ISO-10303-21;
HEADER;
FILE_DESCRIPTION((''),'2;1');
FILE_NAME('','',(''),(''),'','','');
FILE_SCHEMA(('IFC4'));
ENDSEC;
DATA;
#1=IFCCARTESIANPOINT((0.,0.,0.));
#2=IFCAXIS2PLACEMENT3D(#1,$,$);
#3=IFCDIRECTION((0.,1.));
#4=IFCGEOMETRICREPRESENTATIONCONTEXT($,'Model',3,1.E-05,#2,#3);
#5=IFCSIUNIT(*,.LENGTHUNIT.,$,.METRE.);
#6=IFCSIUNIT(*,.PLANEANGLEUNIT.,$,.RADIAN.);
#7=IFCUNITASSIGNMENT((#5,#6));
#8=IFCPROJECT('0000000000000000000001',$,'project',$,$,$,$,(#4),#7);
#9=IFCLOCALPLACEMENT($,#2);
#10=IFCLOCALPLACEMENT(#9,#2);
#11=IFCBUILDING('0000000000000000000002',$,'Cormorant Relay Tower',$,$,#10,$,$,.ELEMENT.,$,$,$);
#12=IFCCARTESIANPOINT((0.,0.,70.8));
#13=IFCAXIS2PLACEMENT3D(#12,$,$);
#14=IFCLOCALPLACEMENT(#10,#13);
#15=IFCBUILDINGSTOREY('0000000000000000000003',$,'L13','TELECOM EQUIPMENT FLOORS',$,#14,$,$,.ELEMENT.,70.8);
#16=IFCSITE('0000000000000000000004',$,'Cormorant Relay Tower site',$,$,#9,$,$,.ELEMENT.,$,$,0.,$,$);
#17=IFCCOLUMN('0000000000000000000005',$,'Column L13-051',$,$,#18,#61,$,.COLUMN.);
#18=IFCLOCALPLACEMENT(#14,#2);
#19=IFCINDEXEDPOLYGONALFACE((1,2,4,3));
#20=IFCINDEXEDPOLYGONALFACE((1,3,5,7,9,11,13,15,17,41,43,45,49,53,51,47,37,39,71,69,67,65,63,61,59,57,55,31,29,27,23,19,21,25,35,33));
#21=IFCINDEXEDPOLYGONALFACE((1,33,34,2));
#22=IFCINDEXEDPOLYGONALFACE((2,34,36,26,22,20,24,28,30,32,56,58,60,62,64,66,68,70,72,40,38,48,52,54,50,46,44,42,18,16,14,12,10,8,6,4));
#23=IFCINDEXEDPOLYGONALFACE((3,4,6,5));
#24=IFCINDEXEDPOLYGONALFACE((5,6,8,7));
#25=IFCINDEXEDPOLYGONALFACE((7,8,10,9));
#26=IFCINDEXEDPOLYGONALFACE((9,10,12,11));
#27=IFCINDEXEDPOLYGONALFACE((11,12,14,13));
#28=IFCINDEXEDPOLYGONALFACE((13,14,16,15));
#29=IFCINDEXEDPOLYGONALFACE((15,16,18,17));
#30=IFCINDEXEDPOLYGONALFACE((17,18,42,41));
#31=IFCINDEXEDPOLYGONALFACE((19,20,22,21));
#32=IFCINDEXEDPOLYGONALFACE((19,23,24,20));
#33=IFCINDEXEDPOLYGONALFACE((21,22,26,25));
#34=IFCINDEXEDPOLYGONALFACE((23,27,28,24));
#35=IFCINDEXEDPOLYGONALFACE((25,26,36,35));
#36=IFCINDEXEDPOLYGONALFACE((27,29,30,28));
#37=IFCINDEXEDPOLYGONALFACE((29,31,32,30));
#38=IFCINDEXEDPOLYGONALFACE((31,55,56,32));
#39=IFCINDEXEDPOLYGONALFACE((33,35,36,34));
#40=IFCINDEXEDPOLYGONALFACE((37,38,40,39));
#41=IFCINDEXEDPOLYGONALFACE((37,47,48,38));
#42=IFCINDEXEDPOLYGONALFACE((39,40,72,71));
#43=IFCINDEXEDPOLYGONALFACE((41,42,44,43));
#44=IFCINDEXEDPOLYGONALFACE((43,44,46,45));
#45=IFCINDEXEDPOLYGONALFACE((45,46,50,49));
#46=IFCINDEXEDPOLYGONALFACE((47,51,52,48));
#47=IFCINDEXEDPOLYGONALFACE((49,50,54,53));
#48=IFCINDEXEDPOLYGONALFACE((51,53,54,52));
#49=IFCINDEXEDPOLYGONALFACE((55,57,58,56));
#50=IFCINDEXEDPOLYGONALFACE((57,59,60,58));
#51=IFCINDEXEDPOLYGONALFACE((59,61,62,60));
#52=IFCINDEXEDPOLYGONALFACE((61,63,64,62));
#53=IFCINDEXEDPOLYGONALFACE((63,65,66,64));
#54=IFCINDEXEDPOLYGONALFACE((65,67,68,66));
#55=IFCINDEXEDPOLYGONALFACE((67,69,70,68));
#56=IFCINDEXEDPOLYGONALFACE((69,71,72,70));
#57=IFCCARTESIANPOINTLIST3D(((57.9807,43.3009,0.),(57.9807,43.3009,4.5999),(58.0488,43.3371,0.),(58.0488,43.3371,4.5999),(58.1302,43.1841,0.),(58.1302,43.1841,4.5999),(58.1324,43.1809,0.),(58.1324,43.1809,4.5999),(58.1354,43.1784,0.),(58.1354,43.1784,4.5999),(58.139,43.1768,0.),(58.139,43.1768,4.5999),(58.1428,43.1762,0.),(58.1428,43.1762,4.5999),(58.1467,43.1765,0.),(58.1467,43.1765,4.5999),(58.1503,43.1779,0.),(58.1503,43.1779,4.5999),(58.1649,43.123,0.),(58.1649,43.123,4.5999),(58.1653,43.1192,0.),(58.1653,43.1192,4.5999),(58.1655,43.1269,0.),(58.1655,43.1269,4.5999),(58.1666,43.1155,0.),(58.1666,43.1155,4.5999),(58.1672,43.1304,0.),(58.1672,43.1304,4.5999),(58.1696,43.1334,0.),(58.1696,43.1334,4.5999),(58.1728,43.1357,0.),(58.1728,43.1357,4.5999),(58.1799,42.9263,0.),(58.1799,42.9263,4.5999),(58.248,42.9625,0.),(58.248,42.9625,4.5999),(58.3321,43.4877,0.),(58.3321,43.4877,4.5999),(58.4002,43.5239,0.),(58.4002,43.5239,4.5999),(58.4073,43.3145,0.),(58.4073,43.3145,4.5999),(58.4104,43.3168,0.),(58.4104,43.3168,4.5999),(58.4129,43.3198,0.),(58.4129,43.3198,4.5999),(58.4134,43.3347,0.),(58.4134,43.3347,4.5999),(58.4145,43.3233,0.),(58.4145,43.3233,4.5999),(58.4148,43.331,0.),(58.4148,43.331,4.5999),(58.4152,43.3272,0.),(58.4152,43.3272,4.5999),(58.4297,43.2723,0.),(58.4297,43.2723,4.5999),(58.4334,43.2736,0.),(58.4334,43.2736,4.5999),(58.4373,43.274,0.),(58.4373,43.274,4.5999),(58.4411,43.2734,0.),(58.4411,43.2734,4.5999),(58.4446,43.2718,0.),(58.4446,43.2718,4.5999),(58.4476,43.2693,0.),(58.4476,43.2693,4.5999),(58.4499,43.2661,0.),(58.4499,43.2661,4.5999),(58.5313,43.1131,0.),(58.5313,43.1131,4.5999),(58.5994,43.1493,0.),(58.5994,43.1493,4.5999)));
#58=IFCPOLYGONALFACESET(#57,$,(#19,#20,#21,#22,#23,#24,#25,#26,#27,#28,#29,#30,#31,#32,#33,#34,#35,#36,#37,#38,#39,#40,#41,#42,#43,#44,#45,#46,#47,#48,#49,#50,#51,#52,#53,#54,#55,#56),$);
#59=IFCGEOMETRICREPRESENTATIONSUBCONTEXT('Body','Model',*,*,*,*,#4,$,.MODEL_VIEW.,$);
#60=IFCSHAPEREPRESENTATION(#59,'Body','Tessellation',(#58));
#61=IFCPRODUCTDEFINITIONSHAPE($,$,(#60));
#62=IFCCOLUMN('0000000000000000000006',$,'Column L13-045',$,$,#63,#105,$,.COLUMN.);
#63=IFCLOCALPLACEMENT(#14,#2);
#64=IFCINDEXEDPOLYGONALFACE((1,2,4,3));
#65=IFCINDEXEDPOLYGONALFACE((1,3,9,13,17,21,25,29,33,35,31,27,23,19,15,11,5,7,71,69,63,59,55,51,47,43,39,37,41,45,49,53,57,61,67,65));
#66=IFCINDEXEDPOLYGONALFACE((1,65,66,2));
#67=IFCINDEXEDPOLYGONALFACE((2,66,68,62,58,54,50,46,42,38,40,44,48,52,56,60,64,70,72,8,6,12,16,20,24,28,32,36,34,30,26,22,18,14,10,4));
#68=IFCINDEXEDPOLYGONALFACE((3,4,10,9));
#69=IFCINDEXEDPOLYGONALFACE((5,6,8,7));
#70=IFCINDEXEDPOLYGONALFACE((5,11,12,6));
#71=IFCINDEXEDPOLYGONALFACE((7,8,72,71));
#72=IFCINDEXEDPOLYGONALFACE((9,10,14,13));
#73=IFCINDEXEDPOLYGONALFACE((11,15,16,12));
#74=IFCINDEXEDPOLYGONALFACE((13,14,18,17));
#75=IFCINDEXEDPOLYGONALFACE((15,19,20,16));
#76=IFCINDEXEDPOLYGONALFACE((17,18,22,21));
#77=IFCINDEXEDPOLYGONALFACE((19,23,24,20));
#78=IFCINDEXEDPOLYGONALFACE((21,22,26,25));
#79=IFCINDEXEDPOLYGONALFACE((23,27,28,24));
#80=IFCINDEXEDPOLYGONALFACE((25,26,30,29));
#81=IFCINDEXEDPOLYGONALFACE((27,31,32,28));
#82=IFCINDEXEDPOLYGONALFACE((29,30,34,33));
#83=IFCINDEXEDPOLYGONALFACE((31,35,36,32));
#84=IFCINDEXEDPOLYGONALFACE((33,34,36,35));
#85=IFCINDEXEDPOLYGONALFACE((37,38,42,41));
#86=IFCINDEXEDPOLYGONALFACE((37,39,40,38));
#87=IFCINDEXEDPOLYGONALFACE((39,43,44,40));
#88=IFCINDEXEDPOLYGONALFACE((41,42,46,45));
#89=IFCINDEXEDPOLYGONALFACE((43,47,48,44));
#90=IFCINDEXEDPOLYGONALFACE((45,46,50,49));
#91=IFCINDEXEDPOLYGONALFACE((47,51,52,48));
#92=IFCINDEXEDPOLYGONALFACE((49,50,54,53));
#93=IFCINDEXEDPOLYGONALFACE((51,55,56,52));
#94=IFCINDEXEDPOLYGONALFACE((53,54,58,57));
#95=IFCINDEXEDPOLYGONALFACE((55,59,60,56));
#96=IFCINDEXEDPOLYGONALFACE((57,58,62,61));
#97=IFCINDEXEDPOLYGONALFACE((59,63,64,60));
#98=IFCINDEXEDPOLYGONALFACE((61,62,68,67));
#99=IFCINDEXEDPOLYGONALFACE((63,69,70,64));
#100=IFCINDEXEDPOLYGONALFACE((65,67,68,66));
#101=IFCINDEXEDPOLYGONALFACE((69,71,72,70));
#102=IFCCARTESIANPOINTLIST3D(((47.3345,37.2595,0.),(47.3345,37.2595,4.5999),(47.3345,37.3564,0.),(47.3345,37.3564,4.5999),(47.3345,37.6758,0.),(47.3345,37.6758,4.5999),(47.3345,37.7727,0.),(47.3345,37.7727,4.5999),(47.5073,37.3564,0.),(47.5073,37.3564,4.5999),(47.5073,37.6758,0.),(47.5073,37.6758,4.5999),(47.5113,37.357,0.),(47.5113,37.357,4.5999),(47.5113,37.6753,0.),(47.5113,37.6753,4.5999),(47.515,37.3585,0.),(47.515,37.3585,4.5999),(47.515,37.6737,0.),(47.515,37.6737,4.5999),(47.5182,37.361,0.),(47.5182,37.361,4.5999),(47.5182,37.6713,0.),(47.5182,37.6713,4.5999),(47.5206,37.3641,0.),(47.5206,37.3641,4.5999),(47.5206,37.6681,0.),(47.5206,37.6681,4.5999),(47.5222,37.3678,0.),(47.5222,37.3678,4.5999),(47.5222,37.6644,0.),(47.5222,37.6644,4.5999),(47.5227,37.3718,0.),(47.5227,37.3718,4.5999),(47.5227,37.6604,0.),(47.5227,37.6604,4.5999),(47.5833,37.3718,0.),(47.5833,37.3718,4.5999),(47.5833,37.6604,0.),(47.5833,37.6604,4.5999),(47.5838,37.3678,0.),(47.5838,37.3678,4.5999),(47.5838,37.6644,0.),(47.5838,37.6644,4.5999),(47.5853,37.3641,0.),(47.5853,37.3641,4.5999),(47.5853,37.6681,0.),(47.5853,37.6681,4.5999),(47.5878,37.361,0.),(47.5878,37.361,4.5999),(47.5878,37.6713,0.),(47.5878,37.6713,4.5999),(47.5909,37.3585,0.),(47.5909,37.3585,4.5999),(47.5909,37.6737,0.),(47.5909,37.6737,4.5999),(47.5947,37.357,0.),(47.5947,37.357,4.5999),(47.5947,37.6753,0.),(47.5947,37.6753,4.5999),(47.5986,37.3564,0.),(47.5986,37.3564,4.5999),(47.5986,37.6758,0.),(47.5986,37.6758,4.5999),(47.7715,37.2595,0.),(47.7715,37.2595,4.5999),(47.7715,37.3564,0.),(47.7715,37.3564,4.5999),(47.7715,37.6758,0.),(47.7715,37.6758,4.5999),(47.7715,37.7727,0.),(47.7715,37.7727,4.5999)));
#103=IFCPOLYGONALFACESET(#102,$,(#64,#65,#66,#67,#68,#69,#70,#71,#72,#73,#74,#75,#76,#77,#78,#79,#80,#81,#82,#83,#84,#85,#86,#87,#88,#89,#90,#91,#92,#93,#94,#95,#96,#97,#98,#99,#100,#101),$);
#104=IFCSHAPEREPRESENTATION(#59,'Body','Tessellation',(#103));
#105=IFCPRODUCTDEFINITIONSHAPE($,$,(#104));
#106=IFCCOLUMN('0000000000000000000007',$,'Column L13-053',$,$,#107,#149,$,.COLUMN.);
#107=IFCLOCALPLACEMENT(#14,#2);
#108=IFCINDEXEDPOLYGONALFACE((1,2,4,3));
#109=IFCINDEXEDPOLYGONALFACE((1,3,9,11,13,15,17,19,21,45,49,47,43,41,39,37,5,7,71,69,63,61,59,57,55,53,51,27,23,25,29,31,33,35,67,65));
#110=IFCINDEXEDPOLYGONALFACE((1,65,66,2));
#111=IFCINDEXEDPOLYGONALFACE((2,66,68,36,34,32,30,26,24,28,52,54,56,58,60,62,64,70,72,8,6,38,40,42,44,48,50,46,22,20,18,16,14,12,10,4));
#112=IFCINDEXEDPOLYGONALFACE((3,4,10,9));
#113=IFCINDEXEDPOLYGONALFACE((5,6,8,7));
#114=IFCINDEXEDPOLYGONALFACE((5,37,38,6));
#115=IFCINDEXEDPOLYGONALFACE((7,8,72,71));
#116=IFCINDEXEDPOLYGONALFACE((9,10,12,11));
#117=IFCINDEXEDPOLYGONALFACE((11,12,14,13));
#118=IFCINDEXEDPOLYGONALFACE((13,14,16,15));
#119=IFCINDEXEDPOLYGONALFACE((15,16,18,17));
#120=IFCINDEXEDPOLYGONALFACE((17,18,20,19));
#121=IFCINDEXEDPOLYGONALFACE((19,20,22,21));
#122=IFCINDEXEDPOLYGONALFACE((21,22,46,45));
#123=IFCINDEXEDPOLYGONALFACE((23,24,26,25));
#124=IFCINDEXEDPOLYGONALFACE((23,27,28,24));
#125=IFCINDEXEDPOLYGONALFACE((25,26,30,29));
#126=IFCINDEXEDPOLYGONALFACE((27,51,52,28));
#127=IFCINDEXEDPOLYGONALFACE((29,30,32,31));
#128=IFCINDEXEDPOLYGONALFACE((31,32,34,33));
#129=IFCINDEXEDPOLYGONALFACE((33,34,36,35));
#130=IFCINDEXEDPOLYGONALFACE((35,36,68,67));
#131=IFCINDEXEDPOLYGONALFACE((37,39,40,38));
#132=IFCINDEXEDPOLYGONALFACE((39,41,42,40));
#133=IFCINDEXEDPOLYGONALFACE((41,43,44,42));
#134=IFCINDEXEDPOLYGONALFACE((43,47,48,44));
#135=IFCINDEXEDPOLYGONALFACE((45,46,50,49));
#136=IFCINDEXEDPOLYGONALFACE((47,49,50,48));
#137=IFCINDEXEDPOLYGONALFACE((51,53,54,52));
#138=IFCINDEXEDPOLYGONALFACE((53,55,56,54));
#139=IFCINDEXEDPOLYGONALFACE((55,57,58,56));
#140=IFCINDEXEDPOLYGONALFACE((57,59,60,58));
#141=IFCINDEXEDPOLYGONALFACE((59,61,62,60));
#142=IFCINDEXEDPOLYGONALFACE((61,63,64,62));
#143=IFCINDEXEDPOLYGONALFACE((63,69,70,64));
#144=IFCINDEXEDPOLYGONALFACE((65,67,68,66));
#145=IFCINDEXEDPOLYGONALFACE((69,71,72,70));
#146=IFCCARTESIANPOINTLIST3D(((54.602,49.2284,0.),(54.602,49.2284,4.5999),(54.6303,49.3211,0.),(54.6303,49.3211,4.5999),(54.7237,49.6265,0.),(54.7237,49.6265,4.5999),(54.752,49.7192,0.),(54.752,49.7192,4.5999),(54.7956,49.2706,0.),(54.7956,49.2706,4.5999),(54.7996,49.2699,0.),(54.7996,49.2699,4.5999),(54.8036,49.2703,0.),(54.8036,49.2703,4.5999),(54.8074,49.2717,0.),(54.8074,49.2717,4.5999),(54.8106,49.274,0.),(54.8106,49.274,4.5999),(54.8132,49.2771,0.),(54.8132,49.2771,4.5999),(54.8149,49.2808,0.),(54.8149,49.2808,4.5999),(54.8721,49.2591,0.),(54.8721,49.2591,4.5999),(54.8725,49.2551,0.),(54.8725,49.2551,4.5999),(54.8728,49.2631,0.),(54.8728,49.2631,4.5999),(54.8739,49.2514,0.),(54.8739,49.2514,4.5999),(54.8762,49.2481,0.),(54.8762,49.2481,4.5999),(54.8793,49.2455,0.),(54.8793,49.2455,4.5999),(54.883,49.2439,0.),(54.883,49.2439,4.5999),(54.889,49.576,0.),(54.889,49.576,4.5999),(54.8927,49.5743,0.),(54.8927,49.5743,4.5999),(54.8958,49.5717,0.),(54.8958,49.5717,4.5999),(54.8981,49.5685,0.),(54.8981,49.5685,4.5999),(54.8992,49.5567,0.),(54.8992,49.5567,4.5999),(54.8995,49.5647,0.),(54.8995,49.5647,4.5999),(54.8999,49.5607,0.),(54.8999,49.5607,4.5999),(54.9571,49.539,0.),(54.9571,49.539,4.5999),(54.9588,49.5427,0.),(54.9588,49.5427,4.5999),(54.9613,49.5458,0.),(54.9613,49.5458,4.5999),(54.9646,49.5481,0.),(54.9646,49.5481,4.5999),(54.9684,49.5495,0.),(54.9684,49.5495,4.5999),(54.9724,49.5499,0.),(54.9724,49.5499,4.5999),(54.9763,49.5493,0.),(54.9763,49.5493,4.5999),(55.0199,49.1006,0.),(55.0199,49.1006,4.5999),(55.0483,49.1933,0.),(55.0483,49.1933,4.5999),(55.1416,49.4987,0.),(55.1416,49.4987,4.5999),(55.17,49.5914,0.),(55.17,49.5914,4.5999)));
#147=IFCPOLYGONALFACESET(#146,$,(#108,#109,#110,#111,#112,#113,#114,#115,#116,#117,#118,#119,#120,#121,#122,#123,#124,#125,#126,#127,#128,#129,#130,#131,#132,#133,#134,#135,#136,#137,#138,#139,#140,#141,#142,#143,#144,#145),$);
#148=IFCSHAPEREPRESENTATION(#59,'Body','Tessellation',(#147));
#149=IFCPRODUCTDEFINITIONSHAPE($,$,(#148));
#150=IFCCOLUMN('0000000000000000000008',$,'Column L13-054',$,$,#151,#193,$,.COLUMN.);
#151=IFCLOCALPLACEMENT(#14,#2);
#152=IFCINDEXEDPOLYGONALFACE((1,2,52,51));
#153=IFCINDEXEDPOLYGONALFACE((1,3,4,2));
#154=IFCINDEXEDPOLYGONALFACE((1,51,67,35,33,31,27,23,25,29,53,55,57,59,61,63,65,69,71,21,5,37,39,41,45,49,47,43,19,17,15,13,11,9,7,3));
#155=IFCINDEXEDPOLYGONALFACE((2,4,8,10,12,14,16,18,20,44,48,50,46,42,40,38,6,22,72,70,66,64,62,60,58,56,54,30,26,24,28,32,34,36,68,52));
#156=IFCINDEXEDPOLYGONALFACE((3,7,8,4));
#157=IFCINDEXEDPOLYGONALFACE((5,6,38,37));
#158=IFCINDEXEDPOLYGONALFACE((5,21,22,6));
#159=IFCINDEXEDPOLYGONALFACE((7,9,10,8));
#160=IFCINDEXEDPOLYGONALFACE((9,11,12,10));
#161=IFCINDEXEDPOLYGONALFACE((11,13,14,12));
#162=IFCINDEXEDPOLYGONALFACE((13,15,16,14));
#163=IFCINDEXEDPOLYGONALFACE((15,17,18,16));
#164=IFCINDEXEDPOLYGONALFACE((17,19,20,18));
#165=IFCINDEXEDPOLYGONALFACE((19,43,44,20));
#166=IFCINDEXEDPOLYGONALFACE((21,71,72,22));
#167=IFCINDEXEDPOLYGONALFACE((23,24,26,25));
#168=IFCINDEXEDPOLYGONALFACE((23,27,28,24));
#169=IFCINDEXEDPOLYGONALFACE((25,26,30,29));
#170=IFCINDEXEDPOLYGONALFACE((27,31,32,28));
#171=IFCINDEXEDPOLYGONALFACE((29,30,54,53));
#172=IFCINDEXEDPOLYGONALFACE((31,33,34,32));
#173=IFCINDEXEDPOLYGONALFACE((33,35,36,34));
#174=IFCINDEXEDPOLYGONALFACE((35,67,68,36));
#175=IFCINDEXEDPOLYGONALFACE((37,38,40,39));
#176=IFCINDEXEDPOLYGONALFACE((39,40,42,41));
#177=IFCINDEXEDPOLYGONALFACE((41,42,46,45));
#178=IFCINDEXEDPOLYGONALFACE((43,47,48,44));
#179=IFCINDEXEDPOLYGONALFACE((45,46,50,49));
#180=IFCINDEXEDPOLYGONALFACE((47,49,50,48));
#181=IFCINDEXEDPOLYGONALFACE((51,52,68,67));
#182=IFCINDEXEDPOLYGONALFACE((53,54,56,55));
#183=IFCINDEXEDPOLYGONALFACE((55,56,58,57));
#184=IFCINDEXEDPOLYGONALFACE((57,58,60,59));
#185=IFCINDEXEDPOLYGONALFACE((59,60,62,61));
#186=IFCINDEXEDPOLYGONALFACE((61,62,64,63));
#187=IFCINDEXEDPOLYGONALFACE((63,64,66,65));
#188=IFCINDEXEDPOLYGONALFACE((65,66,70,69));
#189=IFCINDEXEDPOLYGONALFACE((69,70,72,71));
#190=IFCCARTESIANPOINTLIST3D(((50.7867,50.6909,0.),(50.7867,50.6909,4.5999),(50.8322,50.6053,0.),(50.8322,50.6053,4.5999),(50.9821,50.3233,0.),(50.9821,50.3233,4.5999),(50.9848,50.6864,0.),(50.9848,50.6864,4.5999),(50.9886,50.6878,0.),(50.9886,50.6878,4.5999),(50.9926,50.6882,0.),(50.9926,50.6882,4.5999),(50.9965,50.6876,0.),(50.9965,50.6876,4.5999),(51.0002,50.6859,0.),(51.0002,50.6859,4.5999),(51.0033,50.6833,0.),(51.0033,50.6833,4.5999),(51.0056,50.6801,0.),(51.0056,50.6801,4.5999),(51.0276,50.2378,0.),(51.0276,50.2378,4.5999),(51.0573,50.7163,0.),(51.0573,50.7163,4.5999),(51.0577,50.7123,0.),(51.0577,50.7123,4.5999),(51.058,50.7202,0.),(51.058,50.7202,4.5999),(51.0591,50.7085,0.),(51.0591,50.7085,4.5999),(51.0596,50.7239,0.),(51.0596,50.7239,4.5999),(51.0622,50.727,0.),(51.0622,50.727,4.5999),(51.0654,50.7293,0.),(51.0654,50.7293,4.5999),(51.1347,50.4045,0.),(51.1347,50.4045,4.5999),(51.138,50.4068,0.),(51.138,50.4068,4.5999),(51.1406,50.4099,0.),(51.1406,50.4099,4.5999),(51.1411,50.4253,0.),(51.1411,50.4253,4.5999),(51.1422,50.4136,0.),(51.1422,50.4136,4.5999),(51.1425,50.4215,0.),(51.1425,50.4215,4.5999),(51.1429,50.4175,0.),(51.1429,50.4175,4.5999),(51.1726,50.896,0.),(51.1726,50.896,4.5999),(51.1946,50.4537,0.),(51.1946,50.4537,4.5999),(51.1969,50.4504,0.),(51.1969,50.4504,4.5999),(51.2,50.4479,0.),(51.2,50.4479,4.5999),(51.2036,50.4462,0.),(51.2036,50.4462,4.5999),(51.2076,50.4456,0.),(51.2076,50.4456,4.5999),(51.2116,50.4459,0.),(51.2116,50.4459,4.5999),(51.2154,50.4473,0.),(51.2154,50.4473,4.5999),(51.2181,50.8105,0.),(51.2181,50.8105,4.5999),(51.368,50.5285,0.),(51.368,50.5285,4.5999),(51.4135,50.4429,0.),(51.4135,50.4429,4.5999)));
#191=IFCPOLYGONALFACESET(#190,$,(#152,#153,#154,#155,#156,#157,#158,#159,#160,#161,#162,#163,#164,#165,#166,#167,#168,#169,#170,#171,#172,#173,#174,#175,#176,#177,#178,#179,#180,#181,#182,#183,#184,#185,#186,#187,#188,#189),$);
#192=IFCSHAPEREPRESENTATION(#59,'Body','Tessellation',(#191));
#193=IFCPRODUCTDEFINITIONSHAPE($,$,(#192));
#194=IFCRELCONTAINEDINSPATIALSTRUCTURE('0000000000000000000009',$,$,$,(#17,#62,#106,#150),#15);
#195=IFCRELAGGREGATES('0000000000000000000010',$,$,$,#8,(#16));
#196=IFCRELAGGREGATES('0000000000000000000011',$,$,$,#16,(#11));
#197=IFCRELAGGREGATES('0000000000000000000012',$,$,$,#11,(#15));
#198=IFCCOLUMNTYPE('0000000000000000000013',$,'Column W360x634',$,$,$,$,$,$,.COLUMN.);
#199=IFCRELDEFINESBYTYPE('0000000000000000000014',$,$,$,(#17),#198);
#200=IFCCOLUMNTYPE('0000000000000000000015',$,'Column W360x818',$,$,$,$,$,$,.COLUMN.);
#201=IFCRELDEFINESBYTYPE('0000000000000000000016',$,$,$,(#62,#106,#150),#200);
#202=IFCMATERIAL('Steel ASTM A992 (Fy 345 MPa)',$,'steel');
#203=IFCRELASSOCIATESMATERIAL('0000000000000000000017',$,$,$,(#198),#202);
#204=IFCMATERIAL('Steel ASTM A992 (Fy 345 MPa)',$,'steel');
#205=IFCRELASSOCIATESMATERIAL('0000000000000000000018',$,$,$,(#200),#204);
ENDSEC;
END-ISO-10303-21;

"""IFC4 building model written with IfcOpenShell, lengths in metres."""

from ifc_helpers import new_model, si_unit, direction, frame, origin, origin_2d, place, context, subcontext, project, spatial, i_section, extrude, material, material_profile, profile_set, type_object, element, save


model = new_model("IFC4")

# Units and contexts
model_context = context("Model", 3, precision=1e-05, world=origin(), true_north=direction((0.0, 1.0)))
body_context = subcontext(model_context, "Body", "Model", "MODEL_VIEW")
ifc_project = project(units=[si_unit("LENGTHUNIT", "METRE"), si_unit("PLANEANGLEUNIT", "RADIAN")], contexts=[model_context])

# Site, building, storey
site_placement = place(None, origin())
site = spatial("IfcSite", under=ifc_project, at=site_placement, Name="Cormorant Relay Tower site", CompositionType="ELEMENT", RefElevation=0.0)
building_placement = place(site_placement, origin())
building = spatial("IfcBuilding", under=site, at=building_placement, Name="Cormorant Relay Tower", CompositionType="ELEMENT")
storey_placement = place(building_placement, frame((0.0, 0.0, 70.8)))
storey = spatial("IfcBuildingStorey", under=building, at=storey_placement, Name="L13", Description="TELECOM EQUIPMENT FLOORS", CompositionType="ELEMENT", Elevation=70.8)

# Columns
ifc_material_1 = material(Name="Steel ASTM A992 (Fy 345 MPa)", Category="steel")
ifc_material_profile_1 = material_profile(ifc_material_1, i_section(OverallWidth=0.4243, OverallDepth=0.4751, WebThickness=0.0479, FlangeThickness=0.0771, FilletRadius=0.0149, at=origin_2d()), Name="W360x634")
ifc_profile_set_1 = profile_set([ifc_material_profile_1], Name="Steel ASTM A992 (Fy 345 MPa)")
column_type_1 = type_object("IfcColumnType", Name="Column W360x634", PredefinedType="COLUMN", material=ifc_profile_set_1)
column_placement = place(storey_placement, frame((58.29, 43.2251, 0.0), z_axis=(0.0, 0.0, 1.0), x_axis=(-0.469472, 0.882948, 0.0)))
element("IfcColumn", 1, at=column_placement, inside=storey, type_object=column_type_1, Name="Column L13-051", PredefinedType="COLUMN", context=body_context, shape_type="SweptSolid", body=[
    extrude(i_section(OverallWidth=0.4243, OverallDepth=0.4751, WebThickness=0.0479, FlangeThickness=0.0771, FilletRadius=0.0149, at=origin_2d()), origin(), (0.0, 0.0, 1.0), 4.5999),
])
ifc_material_2 = material(Name="Steel ASTM A992 (Fy 345 MPa)", Category="steel")
ifc_material_profile_2 = material_profile(ifc_material_2, i_section(OverallWidth=0.437, OverallDepth=0.5132, WebThickness=0.0605, FlangeThickness=0.0969, FilletRadius=0.0154, at=origin_2d()), Name="W360x818")
ifc_profile_set_2 = profile_set([ifc_material_profile_2], Name="Steel ASTM A992 (Fy 345 MPa)")
column_type_2 = type_object("IfcColumnType", Name="Column W360x818", PredefinedType="COLUMN", material=ifc_profile_set_2)
for number, where, z_axis, x_axis, name in (
    (2, (47.553, 37.5161, 0.0), (0.0, 0.0, 1.0), (1.0, 0.0, 0.0), "Column L13-045"),
    (3, (54.886, 49.4099, 0.0), (0.0, 0.0, 1.0), (-0.956305, 0.292372, 0.0), "Column L13-053"),
    (4, (51.1001, 50.5669, 0.0), (0.0, 0.0, 1.0), (-0.882948, -0.469472, 0.0), "Column L13-054"),
):
    element("IfcColumn", number, at=place(storey_placement, frame(where, z_axis=z_axis, x_axis=x_axis)), inside=storey, type_object=column_type_2, Name=name, PredefinedType="COLUMN", context=body_context, shape_type="SweptSolid", body=[
        extrude(i_section(OverallWidth=0.437, OverallDepth=0.5132, WebThickness=0.0605, FlangeThickness=0.0969, FilletRadius=0.0154, at=origin_2d()), origin(), (0.0, 0.0, 1.0), 4.5999),
    ])

save(model, "model.ifc")
